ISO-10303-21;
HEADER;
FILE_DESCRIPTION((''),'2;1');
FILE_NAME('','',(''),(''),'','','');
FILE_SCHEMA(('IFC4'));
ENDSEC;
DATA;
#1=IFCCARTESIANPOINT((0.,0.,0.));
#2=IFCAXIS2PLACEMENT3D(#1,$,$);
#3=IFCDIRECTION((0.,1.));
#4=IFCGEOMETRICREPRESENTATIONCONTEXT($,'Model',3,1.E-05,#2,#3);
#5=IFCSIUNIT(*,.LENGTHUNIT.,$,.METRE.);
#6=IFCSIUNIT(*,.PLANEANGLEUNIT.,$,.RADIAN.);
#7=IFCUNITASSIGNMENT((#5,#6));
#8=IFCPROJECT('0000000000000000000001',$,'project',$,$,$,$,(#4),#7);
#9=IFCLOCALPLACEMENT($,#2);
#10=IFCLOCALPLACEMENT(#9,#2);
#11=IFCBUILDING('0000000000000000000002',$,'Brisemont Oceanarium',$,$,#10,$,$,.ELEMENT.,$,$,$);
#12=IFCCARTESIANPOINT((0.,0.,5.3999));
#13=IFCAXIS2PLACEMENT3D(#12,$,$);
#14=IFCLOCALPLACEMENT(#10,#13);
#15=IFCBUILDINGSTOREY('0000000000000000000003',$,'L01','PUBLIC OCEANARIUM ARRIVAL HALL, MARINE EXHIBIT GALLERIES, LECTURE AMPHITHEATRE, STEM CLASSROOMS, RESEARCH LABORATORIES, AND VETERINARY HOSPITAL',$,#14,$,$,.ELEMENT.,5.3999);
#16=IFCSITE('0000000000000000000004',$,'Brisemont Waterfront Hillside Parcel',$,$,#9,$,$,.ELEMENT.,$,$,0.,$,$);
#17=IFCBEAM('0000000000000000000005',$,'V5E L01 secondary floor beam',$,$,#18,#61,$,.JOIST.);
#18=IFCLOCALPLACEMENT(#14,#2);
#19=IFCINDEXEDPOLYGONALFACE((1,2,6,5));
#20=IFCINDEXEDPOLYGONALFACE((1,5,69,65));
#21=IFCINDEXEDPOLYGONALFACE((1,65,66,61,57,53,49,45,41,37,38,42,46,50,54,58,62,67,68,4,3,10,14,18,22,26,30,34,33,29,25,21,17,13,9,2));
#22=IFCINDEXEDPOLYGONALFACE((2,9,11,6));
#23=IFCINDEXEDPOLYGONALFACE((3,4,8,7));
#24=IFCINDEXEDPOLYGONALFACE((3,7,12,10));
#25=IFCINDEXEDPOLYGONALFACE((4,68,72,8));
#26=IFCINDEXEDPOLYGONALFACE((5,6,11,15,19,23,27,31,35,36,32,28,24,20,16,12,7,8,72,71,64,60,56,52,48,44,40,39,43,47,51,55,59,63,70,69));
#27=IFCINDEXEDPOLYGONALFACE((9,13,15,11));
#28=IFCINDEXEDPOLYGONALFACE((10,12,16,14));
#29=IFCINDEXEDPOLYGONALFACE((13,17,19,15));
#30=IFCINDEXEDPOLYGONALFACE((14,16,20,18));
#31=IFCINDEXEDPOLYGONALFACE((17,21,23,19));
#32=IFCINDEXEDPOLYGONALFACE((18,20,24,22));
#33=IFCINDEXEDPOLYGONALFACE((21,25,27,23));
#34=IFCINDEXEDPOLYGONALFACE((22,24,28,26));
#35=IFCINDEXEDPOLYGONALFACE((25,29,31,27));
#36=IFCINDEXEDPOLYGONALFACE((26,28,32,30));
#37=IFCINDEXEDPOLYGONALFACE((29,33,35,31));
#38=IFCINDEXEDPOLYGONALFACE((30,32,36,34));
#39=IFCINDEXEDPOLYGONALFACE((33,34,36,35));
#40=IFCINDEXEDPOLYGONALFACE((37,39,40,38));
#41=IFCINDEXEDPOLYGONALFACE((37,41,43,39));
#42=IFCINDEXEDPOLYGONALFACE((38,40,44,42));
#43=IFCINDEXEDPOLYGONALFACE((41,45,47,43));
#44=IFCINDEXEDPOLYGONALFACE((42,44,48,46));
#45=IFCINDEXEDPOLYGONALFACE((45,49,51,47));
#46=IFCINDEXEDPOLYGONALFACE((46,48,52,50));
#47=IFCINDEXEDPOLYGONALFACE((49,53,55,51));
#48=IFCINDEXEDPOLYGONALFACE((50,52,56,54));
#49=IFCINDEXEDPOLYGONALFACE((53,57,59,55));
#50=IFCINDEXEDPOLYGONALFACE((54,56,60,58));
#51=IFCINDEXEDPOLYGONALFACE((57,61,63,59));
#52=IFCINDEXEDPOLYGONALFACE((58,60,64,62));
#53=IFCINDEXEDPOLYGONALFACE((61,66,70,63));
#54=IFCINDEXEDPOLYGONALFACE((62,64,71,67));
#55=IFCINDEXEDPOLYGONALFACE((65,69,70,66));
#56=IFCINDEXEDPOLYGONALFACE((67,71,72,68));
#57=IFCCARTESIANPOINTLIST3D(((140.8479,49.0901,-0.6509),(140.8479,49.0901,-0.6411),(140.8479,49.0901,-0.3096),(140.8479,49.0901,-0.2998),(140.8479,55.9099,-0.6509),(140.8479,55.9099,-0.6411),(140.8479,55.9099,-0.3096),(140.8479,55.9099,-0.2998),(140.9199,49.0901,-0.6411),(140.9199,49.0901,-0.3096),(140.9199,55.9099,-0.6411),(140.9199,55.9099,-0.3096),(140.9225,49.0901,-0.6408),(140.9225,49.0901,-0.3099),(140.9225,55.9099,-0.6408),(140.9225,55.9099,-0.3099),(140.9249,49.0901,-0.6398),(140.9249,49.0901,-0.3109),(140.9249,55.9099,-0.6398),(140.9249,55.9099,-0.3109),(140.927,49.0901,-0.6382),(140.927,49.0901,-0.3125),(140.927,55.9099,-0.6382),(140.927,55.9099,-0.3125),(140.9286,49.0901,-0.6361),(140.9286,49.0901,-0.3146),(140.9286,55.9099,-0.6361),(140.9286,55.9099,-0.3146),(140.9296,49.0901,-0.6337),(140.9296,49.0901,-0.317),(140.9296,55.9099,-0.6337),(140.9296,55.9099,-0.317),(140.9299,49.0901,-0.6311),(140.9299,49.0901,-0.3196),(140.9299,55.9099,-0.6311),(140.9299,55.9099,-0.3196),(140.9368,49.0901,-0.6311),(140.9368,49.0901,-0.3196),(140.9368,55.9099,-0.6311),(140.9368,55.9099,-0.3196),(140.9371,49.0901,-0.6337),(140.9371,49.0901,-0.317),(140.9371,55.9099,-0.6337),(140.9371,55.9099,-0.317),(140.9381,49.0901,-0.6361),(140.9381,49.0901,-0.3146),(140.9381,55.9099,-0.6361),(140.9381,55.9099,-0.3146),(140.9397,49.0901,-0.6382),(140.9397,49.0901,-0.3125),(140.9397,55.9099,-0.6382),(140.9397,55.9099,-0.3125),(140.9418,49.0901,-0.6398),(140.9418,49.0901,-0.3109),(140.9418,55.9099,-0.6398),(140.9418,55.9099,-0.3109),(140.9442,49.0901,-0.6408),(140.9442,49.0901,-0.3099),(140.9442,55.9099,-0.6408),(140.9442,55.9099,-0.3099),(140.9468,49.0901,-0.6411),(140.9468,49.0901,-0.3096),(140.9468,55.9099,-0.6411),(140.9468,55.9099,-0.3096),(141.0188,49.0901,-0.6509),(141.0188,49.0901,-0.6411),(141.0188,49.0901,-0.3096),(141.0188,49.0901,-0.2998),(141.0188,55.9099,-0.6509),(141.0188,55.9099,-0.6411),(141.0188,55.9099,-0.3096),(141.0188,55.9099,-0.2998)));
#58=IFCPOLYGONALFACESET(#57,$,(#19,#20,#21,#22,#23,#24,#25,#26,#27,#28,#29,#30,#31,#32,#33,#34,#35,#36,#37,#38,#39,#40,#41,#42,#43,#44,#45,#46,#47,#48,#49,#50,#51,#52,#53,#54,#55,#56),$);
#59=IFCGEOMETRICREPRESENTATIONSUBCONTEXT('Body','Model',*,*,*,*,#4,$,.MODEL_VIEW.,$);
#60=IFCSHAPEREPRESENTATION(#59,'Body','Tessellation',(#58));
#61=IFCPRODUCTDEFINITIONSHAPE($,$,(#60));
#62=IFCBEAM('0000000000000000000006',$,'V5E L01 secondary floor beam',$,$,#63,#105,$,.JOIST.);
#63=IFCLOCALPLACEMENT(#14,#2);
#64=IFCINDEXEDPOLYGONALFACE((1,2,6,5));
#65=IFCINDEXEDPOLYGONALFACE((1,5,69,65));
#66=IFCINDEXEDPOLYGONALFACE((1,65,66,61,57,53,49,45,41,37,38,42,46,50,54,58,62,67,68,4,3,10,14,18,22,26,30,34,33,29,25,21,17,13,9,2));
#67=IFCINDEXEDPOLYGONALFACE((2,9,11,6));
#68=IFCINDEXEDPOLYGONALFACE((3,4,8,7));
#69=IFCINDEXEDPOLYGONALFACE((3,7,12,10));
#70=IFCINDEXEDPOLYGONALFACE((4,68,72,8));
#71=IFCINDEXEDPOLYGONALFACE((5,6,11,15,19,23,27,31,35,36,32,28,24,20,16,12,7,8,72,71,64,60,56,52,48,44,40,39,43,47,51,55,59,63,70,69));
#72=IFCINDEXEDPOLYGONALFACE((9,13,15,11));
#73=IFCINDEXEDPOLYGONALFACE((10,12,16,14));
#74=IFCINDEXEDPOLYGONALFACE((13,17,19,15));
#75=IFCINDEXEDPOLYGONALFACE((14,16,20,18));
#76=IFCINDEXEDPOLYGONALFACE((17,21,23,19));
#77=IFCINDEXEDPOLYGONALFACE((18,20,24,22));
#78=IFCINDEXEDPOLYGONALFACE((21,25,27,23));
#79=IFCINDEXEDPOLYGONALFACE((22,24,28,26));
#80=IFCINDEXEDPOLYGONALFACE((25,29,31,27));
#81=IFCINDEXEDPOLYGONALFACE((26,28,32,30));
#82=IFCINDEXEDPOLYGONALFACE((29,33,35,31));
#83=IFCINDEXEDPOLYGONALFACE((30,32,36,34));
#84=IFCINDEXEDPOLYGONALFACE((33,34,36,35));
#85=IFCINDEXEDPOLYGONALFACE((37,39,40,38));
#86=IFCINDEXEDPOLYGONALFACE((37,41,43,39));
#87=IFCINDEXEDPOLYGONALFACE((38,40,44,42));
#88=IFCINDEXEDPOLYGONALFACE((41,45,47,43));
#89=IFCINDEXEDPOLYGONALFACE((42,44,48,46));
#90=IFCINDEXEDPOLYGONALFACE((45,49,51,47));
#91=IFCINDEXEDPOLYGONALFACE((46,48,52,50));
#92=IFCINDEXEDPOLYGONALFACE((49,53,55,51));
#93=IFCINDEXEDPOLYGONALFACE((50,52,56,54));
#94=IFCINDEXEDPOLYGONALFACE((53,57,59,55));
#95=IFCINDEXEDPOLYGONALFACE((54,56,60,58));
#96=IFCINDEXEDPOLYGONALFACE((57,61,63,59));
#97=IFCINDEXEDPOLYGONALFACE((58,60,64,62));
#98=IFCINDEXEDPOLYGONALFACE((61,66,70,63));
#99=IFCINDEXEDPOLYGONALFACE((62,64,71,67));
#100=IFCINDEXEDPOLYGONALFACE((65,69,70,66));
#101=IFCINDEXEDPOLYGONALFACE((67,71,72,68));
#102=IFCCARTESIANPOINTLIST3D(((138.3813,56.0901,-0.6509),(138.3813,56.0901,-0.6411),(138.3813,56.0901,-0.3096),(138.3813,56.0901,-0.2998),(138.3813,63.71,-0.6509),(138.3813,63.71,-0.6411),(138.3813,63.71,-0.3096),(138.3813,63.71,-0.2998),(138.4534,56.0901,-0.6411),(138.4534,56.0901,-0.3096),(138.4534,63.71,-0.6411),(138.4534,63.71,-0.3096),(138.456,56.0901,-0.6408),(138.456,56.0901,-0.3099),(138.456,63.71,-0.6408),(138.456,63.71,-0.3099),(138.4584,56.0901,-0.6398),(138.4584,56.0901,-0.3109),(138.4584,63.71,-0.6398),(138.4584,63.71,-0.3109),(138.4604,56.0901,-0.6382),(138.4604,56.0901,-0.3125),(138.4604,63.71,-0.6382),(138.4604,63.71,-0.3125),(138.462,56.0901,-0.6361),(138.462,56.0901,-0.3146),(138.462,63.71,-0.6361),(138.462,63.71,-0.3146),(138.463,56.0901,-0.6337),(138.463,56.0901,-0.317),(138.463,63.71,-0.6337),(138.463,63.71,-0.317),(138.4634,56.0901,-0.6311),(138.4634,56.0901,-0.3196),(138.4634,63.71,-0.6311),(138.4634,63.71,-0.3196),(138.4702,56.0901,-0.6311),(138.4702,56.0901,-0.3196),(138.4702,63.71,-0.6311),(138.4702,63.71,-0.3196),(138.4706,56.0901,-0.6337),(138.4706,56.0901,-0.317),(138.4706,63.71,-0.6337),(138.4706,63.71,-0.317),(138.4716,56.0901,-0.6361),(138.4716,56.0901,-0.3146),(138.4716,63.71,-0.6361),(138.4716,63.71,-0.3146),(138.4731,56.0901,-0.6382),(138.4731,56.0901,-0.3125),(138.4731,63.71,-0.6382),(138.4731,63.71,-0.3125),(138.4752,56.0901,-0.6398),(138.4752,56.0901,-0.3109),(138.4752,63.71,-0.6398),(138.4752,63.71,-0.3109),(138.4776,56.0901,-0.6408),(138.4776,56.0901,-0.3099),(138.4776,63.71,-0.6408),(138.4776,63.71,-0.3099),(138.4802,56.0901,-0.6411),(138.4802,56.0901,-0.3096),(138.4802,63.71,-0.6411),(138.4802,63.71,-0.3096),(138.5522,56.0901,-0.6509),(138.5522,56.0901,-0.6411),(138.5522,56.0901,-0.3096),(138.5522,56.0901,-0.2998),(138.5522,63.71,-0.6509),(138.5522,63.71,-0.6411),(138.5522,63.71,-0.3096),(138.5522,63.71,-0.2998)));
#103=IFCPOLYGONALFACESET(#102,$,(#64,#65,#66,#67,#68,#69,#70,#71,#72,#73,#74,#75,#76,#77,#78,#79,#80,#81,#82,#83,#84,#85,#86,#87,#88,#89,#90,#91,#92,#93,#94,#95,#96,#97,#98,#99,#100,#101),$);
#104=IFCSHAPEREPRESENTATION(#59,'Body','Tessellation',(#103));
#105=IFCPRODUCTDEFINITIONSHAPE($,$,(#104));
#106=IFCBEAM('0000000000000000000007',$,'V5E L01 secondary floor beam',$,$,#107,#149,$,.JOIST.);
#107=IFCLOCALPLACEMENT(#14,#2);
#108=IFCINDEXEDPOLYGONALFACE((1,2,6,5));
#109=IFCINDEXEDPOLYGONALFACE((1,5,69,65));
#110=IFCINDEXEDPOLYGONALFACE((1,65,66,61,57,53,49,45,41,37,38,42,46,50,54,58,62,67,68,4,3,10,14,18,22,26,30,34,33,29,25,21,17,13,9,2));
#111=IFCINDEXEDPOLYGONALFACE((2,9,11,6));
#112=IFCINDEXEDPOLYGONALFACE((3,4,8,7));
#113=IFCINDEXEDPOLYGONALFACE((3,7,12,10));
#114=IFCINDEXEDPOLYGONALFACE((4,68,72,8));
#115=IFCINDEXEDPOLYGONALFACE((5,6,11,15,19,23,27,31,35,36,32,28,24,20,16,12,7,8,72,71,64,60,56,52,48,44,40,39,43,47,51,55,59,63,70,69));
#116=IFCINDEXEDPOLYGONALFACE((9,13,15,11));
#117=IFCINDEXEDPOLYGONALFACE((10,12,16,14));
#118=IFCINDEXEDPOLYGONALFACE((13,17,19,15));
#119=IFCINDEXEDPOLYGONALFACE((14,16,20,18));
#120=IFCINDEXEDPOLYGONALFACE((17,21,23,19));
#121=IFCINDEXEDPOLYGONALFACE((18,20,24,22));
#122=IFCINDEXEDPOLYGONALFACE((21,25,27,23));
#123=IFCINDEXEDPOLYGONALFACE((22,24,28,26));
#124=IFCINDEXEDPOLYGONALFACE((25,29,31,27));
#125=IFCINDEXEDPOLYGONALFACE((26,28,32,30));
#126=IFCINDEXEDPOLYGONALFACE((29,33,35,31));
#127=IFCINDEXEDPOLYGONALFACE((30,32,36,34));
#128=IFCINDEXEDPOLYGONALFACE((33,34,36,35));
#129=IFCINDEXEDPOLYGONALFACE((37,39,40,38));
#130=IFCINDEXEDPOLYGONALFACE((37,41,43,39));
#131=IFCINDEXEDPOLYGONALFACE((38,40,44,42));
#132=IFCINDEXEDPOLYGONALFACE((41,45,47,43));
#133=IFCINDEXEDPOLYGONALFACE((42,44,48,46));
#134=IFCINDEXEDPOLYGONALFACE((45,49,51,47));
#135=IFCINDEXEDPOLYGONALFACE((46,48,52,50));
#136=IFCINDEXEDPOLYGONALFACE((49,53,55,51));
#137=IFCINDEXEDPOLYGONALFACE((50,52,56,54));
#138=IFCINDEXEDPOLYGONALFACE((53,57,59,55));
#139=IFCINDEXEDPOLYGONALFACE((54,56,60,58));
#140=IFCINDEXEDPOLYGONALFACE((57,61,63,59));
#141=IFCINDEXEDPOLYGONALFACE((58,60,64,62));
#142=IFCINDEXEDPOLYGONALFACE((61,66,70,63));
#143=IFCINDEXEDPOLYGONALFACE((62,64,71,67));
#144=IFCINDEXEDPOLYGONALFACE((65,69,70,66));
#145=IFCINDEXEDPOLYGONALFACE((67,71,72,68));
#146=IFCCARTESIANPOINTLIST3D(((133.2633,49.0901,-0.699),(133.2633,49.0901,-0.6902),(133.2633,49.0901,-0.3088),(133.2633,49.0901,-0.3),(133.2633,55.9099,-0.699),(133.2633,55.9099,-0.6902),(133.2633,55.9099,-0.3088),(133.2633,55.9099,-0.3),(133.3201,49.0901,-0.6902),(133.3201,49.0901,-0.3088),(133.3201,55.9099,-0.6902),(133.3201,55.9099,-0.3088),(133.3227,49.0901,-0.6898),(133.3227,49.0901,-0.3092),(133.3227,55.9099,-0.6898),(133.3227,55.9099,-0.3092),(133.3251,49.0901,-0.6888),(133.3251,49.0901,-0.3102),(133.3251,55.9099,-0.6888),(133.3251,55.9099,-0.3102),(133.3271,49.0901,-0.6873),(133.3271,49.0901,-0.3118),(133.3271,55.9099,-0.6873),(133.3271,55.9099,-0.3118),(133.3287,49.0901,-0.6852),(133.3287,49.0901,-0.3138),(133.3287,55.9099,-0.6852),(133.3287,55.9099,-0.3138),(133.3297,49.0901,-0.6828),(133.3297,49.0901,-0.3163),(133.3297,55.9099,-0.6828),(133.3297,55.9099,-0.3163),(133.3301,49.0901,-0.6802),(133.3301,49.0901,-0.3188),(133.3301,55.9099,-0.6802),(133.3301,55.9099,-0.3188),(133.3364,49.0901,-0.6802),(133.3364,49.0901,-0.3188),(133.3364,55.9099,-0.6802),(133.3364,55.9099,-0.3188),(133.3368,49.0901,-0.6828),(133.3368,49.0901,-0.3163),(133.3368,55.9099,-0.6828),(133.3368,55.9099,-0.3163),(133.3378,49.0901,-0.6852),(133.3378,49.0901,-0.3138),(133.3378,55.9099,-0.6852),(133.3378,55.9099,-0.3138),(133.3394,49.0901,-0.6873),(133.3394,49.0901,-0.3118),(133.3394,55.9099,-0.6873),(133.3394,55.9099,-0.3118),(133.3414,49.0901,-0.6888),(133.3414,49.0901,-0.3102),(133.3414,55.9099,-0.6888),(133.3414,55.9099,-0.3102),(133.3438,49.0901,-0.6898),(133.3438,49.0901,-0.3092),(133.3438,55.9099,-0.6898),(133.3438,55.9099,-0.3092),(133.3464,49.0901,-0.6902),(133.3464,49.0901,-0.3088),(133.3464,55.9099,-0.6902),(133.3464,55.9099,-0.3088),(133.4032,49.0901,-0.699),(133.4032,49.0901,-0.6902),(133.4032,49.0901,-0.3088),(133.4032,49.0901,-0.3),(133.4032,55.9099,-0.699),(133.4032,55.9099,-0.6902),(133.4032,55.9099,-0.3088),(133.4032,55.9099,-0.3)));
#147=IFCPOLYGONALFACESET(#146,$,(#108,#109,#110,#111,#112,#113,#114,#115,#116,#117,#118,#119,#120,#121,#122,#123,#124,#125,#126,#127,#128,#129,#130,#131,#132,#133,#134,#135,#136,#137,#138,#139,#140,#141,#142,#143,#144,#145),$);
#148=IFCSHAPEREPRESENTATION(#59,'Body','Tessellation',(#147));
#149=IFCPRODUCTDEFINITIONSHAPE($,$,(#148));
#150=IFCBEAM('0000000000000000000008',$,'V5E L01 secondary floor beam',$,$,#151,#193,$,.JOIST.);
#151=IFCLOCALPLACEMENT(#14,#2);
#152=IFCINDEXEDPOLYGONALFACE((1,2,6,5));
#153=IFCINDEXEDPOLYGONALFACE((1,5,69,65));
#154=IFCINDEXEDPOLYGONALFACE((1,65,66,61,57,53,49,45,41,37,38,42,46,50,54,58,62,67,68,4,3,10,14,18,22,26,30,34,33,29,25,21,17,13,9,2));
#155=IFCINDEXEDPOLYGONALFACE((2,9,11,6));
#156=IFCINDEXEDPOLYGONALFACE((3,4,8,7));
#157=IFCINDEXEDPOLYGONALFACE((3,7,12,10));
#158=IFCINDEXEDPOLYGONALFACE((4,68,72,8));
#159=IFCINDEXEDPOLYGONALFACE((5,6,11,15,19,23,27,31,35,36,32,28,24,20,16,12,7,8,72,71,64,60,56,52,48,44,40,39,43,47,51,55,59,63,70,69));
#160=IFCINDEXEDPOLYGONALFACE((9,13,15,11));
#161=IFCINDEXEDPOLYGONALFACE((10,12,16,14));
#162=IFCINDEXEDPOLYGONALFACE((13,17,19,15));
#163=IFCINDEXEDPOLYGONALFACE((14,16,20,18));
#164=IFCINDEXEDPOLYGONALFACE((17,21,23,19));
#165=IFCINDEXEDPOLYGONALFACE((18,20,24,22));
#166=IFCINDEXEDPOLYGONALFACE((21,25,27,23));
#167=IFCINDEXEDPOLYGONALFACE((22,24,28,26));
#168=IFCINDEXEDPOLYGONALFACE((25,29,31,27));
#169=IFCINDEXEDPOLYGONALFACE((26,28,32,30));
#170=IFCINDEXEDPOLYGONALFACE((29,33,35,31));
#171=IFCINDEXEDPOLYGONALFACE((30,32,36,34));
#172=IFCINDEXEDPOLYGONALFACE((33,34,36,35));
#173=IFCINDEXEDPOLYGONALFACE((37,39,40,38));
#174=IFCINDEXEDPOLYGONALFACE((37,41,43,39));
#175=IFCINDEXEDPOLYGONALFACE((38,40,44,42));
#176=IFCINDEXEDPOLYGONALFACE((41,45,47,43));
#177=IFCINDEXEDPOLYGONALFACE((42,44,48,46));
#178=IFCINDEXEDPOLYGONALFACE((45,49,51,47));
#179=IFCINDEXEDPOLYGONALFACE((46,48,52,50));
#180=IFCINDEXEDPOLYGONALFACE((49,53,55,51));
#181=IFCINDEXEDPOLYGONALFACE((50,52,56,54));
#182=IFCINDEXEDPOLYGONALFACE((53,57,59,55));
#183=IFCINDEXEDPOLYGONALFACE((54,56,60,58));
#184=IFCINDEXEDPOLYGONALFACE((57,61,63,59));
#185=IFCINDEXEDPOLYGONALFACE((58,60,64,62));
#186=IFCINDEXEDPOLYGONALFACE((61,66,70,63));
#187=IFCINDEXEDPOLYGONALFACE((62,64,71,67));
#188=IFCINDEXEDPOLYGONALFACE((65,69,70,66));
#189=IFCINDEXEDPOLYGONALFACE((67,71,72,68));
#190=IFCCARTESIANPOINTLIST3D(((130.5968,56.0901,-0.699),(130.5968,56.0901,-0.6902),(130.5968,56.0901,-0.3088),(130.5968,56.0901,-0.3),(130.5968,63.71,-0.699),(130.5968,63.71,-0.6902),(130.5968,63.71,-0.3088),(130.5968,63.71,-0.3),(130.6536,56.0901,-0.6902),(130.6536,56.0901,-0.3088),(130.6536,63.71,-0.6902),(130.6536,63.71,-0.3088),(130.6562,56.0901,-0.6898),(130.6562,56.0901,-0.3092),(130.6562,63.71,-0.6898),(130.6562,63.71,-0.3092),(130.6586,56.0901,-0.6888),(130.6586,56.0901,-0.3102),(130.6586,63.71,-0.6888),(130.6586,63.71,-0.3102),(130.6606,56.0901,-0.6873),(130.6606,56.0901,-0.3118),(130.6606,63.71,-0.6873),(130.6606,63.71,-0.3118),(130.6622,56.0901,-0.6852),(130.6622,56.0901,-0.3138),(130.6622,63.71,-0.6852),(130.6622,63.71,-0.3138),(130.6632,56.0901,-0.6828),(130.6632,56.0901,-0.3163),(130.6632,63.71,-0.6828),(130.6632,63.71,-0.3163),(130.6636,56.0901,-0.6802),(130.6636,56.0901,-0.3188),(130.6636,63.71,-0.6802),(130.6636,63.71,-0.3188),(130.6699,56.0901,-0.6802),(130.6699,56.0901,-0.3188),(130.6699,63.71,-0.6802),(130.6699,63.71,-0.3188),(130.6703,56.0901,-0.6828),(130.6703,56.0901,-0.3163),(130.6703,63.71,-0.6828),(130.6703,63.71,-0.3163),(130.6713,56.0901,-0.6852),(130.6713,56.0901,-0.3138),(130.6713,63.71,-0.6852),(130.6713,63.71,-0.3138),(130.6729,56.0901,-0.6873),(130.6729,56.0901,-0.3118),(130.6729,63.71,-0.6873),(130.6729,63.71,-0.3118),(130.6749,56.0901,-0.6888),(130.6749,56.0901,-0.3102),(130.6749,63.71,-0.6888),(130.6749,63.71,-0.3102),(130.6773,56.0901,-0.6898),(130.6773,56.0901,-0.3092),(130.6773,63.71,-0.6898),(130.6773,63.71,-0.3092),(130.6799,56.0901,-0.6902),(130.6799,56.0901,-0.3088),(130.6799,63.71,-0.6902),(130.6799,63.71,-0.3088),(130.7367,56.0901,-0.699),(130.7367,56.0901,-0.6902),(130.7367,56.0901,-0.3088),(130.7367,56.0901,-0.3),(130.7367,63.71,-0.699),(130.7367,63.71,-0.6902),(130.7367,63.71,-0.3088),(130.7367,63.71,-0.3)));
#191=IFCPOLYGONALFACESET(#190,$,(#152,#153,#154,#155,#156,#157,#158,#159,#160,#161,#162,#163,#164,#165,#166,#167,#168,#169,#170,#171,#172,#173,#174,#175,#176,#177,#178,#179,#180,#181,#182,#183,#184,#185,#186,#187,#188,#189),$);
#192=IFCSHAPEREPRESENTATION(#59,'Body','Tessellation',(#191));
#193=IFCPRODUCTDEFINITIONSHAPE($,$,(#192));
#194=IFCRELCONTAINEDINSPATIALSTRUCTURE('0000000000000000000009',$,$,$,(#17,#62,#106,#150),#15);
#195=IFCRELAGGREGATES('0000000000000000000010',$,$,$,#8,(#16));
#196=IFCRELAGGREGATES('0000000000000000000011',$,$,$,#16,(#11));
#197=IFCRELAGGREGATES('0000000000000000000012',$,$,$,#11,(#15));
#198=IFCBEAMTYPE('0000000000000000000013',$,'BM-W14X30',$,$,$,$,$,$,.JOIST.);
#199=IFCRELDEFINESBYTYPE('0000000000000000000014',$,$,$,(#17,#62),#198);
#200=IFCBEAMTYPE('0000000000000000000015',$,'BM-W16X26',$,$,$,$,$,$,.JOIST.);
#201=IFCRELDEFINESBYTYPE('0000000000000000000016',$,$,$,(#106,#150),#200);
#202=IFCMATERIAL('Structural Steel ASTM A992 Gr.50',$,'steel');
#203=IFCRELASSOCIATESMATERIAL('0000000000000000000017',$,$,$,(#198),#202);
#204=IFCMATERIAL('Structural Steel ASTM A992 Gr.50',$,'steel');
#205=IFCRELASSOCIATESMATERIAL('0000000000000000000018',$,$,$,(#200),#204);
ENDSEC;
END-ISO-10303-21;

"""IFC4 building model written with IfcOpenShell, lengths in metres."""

from ifc_helpers import new_model, si_unit, direction, frame, origin, origin_2d, place, context, subcontext, project, spatial, i_section, extrude, material, material_profile, profile_set, type_object, element, save


model = new_model("IFC4")

# Units and contexts
model_context = context("Model", 3, precision=1e-05, world=origin(), true_north=direction((0.0, 1.0)))
body_context = subcontext(model_context, "Body", "Model", "MODEL_VIEW")
ifc_project = project(units=[si_unit("LENGTHUNIT", "METRE"), si_unit("PLANEANGLEUNIT", "RADIAN")], contexts=[model_context])

# Site, building, storey
site_placement = place(None, origin())
site = spatial("IfcSite", under=ifc_project, at=site_placement, Name="Brisemont Waterfront Hillside Parcel", CompositionType="ELEMENT", RefElevation=0.0)
building_placement = place(site_placement, origin())
building = spatial("IfcBuilding", under=site, at=building_placement, Name="Brisemont Oceanarium", CompositionType="ELEMENT")
storey_placement = place(building_placement, frame((0.0, 0.0, 5.3999)))
storey = spatial("IfcBuildingStorey", under=building, at=storey_placement, Name="L01", Description="PUBLIC OCEANARIUM ARRIVAL HALL, MARINE EXHIBIT GALLERIES, LECTURE AMPHITHEATRE, STEM CLASSROOMS, RESEARCH LABORATORIES, AND VETERINARY HOSPITAL", CompositionType="ELEMENT", Elevation=5.3999)

# Beams
ifc_material_1 = material(Name="Structural Steel ASTM A992 Gr.50", Category="steel")
ifc_material_profile_1 = material_profile(ifc_material_1, i_section(OverallWidth=0.1709, OverallDepth=0.3511, WebThickness=0.0068, FlangeThickness=0.0098, FilletRadius=0.01, at=origin_2d()), Name="W14X30")
ifc_profile_set_1 = profile_set([ifc_material_profile_1], Name="Structural Steel ASTM A992 Gr.50")
beam_type_1 = type_object("IfcBeamType", Name="BM-W14X30", PredefinedType="JOIST", material=ifc_profile_set_1)
beam_1_placement = place(storey_placement, frame((140.9333, 49.0901, -0.4753), z_axis=(0.0, 1.0, 0.0), x_axis=(-1.0, 0.0, 0.0)))
element("IfcBeam", 1, at=beam_1_placement, inside=storey, type_object=beam_type_1, Name="V5E L01 secondary floor beam", PredefinedType="JOIST", context=body_context, shape_type="SweptSolid", body=[
    extrude(i_section(OverallWidth=0.1709, OverallDepth=0.3511, WebThickness=0.0068, FlangeThickness=0.0098, FilletRadius=0.01, at=origin_2d()), origin(), (0.0, 0.0, 1.0), 6.8198),
])
beam_2_placement = place(storey_placement, frame((138.4668, 56.0901, -0.4753), z_axis=(0.0, 1.0, 0.0), x_axis=(-1.0, 0.0, 0.0)))
element("IfcBeam", 2, at=beam_2_placement, inside=storey, type_object=beam_type_1, Name="V5E L01 secondary floor beam", PredefinedType="JOIST", context=body_context, shape_type="SweptSolid", body=[
    extrude(i_section(OverallWidth=0.1709, OverallDepth=0.3511, WebThickness=0.0068, FlangeThickness=0.0098, FilletRadius=0.01, at=origin_2d()), origin(), (0.0, 0.0, 1.0), 7.6199),
])
ifc_material_2 = material(Name="Structural Steel ASTM A992 Gr.50", Category="steel")
ifc_material_profile_2 = material_profile(ifc_material_2, i_section(OverallWidth=0.1399, OverallDepth=0.3989, WebThickness=0.0063, FlangeThickness=0.0088, FilletRadius=0.01, at=origin_2d()), Name="W16X26")
ifc_profile_set_2 = profile_set([ifc_material_profile_2], Name="Structural Steel ASTM A992 Gr.50")
beam_type_2 = type_object("IfcBeamType", Name="BM-W16X26", PredefinedType="JOIST", material=ifc_profile_set_2)
beam_3_placement = place(storey_placement, frame((133.3333, 49.0901, -0.4995), z_axis=(0.0, 1.0, 0.0), x_axis=(-1.0, 0.0, 0.0)))
element("IfcBeam", 3, at=beam_3_placement, inside=storey, type_object=beam_type_2, Name="V5E L01 secondary floor beam", PredefinedType="JOIST", context=body_context, shape_type="SweptSolid", body=[
    extrude(i_section(OverallWidth=0.1399, OverallDepth=0.3989, WebThickness=0.0063, FlangeThickness=0.0088, FilletRadius=0.01, at=origin_2d()), origin(), (0.0, 0.0, 1.0), 6.8198),
])
beam_4_placement = place(storey_placement, frame((130.6667, 56.0901, -0.4995), z_axis=(0.0, 1.0, 0.0), x_axis=(-1.0, 0.0, 0.0)))
element("IfcBeam", 4, at=beam_4_placement, inside=storey, type_object=beam_type_2, Name="V5E L01 secondary floor beam", PredefinedType="JOIST", context=body_context, shape_type="SweptSolid", body=[
    extrude(i_section(OverallWidth=0.1399, OverallDepth=0.3989, WebThickness=0.0063, FlangeThickness=0.0088, FilletRadius=0.01, at=origin_2d()), origin(), (0.0, 0.0, 1.0), 7.6199),
])

save(model, "model.ifc")
